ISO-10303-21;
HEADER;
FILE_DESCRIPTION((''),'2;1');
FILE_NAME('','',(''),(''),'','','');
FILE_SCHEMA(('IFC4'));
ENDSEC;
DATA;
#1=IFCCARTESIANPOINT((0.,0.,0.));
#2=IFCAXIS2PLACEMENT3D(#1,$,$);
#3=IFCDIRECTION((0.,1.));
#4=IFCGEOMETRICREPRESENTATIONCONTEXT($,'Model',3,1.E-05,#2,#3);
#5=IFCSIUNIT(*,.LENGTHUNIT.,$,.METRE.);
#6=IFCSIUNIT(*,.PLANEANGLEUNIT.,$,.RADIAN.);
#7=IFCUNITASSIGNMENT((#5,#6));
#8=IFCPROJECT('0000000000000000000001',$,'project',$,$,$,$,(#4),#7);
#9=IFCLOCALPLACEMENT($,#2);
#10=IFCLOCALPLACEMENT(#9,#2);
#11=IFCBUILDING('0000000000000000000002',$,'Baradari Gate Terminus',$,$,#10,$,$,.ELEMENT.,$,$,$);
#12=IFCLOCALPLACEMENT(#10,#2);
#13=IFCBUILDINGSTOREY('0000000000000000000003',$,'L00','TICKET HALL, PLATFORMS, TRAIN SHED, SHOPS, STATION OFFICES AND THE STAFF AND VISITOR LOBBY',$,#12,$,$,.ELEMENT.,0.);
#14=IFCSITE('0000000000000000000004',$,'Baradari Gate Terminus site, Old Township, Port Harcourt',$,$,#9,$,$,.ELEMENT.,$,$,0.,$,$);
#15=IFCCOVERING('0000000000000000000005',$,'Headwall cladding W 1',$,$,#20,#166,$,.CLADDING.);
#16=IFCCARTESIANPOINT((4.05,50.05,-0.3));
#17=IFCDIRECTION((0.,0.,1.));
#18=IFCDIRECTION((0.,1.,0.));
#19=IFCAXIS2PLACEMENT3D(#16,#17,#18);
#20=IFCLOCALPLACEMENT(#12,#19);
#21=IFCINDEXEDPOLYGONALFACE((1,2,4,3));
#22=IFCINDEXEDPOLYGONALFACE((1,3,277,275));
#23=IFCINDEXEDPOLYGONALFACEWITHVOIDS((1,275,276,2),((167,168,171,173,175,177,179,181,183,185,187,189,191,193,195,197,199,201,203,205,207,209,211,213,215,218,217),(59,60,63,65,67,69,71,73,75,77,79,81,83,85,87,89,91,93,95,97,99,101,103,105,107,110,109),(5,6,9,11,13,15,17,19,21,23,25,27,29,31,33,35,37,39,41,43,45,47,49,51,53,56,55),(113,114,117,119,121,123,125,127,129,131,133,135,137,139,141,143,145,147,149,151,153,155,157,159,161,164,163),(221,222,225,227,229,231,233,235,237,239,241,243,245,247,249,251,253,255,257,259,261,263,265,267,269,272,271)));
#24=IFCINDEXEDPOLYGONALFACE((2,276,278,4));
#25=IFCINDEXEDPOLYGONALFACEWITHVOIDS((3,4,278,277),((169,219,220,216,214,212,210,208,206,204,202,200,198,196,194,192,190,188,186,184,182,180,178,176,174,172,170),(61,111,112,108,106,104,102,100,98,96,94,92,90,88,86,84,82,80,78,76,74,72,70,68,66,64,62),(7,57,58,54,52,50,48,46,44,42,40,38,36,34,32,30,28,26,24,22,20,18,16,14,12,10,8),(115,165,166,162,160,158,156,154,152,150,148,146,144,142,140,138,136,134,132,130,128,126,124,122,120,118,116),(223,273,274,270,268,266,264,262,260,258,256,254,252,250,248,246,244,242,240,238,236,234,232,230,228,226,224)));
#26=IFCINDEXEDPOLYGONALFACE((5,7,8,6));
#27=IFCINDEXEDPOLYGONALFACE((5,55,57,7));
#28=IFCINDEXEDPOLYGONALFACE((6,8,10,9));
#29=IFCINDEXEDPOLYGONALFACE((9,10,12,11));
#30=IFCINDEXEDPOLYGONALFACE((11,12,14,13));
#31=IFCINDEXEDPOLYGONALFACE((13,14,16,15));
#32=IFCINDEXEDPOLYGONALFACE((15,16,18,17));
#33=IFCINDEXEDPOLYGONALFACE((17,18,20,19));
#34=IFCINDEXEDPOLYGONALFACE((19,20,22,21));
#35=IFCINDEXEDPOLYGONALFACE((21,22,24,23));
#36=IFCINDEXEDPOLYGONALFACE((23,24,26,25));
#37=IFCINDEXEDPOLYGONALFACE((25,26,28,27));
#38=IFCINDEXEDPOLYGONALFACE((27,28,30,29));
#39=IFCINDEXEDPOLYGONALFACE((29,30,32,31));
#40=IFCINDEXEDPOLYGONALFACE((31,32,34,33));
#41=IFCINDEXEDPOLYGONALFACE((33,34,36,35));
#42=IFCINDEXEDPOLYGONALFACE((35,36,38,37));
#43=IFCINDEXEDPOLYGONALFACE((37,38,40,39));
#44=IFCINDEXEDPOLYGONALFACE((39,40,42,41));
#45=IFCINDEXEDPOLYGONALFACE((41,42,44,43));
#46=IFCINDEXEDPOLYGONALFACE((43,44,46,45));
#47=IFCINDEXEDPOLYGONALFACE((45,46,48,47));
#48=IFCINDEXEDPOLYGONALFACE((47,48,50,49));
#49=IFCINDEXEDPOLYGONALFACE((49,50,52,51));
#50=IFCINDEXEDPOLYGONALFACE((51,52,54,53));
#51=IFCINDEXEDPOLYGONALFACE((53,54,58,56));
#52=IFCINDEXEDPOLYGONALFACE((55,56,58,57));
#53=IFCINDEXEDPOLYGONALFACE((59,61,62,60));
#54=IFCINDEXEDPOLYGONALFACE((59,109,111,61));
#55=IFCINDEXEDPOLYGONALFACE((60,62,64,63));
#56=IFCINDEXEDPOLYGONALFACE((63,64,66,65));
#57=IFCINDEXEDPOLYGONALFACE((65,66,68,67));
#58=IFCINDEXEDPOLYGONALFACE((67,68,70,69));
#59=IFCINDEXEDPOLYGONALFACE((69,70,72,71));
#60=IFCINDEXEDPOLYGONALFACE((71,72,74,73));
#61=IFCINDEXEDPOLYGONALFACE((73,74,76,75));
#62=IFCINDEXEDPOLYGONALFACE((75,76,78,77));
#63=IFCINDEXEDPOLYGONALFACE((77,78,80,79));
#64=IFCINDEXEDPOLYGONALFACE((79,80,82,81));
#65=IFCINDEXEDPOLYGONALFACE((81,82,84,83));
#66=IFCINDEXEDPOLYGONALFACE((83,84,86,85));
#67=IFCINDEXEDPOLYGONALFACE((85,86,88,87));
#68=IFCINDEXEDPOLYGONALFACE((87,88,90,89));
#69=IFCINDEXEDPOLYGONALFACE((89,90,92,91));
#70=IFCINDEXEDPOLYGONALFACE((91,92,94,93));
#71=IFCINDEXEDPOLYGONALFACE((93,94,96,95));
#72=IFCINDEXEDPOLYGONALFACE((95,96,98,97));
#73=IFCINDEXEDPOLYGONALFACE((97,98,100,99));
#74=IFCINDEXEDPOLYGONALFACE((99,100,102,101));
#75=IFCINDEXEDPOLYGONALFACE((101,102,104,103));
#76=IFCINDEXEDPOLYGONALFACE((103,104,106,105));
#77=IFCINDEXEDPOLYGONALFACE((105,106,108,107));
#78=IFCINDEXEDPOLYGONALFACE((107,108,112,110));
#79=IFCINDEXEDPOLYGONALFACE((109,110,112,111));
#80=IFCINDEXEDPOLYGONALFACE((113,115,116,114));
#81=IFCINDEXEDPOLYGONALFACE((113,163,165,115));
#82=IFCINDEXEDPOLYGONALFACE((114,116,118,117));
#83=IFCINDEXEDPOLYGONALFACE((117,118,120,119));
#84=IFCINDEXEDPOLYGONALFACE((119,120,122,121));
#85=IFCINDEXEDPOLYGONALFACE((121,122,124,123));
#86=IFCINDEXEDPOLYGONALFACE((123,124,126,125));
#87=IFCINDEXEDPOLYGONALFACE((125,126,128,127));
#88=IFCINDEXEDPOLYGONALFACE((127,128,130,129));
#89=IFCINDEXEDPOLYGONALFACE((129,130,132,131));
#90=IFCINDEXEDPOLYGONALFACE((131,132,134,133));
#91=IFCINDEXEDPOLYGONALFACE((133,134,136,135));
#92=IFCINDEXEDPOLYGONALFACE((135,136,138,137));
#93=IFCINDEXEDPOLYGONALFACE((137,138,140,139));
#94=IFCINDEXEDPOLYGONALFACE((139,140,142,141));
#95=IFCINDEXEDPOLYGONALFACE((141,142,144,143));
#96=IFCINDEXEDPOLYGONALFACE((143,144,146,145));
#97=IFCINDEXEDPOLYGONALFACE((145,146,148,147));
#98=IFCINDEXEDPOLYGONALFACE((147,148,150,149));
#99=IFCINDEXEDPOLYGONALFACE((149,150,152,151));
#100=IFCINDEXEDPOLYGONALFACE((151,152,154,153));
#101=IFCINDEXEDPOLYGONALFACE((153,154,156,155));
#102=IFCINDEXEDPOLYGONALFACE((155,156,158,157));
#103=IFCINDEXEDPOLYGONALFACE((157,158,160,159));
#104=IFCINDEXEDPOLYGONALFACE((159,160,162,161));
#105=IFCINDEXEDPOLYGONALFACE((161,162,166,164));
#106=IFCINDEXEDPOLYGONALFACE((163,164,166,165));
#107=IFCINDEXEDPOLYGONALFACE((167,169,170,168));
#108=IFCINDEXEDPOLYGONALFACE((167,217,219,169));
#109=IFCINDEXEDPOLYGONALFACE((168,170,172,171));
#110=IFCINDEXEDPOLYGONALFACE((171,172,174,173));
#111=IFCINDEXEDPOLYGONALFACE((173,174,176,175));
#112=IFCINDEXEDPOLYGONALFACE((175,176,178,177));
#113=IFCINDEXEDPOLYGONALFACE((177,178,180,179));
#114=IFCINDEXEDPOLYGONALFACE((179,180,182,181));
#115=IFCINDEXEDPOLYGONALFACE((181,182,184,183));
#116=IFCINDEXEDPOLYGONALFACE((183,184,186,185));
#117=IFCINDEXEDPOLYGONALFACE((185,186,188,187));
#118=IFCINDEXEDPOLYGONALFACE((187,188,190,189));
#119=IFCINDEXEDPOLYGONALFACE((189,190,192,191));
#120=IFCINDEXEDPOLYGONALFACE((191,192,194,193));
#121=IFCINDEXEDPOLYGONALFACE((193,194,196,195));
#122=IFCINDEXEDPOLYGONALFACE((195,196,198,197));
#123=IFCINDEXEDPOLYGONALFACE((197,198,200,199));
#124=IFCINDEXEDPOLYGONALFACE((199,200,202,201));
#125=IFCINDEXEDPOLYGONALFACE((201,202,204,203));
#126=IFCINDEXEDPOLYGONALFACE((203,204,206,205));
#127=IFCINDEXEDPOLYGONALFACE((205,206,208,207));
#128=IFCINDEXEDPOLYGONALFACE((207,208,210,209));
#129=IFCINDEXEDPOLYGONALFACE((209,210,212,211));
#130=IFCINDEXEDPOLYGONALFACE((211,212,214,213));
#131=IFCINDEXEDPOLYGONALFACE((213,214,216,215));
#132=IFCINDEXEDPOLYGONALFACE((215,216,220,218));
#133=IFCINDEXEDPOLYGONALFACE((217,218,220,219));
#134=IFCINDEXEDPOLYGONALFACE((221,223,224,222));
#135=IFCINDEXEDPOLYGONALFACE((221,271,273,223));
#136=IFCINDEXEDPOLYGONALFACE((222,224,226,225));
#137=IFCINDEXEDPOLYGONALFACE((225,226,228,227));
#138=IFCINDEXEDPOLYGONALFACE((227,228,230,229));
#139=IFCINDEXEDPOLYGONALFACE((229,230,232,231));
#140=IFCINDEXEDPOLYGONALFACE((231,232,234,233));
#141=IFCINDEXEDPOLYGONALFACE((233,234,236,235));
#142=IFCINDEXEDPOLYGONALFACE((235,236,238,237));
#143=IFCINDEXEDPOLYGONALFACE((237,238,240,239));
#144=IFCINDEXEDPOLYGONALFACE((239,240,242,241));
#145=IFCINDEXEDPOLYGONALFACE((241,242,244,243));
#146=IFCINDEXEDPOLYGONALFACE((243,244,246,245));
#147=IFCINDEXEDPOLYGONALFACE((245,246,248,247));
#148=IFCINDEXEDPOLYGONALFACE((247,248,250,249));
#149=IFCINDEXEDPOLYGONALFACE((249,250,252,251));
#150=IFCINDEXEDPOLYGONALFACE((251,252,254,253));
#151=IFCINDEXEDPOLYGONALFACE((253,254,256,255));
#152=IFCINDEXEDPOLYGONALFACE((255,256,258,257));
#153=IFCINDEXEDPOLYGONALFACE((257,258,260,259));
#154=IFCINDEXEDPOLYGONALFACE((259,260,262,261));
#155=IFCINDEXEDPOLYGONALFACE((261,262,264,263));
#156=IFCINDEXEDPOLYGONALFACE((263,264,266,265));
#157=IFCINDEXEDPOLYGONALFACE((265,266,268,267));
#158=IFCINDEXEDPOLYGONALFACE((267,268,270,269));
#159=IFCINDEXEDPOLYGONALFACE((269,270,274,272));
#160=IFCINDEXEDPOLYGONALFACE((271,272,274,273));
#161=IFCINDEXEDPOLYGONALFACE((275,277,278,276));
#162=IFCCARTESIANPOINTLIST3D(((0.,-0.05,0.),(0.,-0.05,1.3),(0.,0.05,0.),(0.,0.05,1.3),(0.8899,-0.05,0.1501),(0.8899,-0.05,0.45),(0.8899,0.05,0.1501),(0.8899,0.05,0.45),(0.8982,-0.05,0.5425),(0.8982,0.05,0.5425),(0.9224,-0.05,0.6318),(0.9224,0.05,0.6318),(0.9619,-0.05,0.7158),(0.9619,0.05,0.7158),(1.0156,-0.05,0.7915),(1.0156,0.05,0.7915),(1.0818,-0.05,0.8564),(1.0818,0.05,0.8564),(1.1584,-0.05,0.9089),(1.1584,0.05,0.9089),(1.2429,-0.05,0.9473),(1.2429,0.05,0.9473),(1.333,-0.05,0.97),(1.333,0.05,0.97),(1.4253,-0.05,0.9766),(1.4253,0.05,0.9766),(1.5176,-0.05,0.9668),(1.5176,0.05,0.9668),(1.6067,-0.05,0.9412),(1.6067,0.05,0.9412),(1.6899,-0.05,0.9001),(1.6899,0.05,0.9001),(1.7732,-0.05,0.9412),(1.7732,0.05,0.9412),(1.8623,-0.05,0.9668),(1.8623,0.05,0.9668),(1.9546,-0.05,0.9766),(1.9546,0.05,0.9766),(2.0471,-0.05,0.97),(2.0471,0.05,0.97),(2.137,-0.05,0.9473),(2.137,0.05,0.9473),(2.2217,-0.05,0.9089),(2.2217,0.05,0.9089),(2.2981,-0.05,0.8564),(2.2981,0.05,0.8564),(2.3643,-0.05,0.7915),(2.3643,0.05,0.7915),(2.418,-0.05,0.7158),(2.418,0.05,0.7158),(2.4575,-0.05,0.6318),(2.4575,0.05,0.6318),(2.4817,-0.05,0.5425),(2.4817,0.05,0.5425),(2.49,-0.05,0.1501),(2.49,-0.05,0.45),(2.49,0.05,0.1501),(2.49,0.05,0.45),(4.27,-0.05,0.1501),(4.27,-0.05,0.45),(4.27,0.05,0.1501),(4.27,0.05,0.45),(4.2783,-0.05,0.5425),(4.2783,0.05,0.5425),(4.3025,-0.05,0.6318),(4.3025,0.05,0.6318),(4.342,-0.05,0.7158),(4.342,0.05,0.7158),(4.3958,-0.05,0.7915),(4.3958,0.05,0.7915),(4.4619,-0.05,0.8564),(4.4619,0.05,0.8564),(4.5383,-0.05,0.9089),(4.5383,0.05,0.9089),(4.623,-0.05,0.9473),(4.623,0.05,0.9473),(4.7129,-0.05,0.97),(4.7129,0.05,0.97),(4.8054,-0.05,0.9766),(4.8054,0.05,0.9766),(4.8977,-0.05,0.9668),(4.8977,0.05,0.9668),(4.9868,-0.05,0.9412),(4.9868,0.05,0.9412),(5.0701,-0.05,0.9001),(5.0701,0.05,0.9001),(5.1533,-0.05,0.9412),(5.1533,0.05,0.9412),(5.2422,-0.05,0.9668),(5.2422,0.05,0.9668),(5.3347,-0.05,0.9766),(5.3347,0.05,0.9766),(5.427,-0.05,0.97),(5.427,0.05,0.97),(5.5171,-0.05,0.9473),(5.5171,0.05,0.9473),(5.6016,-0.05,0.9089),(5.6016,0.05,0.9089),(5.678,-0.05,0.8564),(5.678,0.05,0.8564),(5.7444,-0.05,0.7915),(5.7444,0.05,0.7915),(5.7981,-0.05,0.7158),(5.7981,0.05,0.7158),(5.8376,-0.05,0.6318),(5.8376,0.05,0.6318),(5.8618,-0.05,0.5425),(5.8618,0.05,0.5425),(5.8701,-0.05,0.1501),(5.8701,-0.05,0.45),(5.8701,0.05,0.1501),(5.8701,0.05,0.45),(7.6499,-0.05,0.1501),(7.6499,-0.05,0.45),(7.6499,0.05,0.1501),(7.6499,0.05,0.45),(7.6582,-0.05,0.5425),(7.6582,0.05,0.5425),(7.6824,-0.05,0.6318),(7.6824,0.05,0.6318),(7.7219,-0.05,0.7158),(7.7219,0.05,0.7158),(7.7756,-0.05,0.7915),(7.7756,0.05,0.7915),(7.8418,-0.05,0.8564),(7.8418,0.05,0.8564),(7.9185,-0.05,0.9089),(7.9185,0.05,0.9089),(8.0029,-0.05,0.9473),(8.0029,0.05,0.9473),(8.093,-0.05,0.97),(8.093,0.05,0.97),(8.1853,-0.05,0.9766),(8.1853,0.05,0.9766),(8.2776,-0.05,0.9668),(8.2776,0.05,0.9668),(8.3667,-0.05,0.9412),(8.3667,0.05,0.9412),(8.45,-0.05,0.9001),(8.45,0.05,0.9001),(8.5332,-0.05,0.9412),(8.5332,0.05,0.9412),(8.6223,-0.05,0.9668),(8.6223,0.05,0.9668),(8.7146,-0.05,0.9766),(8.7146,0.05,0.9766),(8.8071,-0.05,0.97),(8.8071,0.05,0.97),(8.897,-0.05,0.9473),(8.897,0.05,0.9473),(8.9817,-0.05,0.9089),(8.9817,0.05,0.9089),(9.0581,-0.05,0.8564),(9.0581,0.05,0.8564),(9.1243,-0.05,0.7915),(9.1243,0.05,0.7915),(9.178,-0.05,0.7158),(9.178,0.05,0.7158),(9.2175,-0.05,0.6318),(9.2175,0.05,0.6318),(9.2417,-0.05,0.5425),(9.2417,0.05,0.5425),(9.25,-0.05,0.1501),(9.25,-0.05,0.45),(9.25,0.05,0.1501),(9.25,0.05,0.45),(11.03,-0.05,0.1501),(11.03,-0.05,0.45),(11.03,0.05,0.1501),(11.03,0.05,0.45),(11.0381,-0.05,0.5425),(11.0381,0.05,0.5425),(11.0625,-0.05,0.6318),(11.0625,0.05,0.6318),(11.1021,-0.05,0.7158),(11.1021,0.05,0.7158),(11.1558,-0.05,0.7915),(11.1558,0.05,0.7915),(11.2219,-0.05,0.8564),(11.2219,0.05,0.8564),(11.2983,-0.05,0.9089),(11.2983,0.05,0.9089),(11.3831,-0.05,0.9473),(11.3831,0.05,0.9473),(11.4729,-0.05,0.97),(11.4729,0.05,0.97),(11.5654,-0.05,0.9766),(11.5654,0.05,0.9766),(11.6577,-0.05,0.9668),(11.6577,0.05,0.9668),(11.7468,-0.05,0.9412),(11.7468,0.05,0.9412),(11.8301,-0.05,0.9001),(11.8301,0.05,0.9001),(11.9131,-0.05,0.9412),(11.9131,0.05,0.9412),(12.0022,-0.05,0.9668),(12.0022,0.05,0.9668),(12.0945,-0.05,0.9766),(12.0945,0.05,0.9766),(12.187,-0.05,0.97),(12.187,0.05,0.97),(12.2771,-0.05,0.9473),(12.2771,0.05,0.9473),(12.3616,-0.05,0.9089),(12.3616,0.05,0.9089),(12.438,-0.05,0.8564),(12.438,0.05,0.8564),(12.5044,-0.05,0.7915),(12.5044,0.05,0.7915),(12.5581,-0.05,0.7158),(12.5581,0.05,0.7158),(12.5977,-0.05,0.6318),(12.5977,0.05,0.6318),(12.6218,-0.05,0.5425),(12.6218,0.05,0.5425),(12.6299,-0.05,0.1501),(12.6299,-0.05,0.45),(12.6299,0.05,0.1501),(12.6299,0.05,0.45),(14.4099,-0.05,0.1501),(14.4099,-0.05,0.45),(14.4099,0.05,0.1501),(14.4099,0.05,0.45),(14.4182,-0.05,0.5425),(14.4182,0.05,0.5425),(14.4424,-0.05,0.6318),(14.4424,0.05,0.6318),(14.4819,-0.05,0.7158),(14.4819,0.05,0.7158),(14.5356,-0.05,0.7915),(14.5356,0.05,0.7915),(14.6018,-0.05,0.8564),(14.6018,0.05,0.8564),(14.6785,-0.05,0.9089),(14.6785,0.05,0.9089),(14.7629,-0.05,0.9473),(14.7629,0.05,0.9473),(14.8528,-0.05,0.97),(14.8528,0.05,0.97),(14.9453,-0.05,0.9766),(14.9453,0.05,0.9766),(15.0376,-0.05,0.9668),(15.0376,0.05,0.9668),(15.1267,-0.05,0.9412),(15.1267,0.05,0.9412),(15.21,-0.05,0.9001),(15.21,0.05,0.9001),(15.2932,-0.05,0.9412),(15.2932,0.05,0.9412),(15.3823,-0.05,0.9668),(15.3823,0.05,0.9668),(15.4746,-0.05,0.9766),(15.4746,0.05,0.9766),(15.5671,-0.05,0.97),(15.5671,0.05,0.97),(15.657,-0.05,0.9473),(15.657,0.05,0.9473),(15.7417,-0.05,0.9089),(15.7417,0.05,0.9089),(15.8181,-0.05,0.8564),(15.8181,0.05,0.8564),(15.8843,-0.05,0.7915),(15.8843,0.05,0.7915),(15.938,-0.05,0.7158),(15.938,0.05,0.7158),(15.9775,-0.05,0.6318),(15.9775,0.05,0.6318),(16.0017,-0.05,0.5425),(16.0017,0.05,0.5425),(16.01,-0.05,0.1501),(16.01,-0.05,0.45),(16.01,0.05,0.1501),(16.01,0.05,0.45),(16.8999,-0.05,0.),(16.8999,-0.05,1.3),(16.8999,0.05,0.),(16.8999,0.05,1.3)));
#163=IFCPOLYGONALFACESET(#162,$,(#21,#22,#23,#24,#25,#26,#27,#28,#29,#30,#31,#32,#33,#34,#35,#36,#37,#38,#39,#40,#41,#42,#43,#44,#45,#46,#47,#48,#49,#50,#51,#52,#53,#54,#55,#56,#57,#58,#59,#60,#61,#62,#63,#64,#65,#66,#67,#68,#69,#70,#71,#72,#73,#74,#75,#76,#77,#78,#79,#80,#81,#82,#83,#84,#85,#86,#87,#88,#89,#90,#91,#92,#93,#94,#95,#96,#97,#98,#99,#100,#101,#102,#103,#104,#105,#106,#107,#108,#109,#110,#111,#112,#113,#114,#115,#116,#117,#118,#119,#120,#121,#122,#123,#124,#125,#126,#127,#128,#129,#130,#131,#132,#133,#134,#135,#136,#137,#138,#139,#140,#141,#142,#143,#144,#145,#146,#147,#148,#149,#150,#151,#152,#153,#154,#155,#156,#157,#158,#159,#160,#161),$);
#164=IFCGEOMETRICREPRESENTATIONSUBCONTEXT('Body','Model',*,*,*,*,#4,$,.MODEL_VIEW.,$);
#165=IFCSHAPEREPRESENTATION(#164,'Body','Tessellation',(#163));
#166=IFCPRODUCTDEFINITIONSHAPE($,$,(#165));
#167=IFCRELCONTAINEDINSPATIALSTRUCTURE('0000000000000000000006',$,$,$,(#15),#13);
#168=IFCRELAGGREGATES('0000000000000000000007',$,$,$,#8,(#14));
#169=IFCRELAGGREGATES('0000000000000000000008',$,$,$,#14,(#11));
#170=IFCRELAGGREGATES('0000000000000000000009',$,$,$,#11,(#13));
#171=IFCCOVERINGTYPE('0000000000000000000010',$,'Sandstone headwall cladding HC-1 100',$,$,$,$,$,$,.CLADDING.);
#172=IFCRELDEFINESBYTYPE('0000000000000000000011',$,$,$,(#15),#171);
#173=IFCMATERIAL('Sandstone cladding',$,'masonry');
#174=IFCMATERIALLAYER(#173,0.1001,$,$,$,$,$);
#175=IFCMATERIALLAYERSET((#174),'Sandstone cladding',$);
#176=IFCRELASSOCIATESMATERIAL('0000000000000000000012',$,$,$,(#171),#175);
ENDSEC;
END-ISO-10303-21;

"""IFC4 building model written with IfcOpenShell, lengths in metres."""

from ifc_helpers import new_model, si_unit, direction, frame, origin, place, context, subcontext, project, spatial, polyline, outline, extrude, material, layer, layer_set, type_object, element, save


model = new_model("IFC4")

# Units and contexts
model_context = context("Model", 3, precision=1e-05, world=origin(), true_north=direction((0.0, 1.0)))
body_context = subcontext(model_context, "Body", "Model", "MODEL_VIEW")
ifc_project = project(units=[si_unit("LENGTHUNIT", "METRE"), si_unit("PLANEANGLEUNIT", "RADIAN")], contexts=[model_context])

# Site, building, storey
site_placement = place(None, origin())
site = spatial("IfcSite", under=ifc_project, at=site_placement, Name="Baradari Gate Terminus site, Old Township, Port Harcourt", CompositionType="ELEMENT", RefElevation=0.0)
building_placement = place(site_placement, origin())
building = spatial("IfcBuilding", under=site, at=building_placement, Name="Baradari Gate Terminus", CompositionType="ELEMENT")
storey_placement = place(building_placement, origin())
storey = spatial("IfcBuildingStorey", under=building, at=storey_placement, Name="L00", Description="TICKET HALL, PLATFORMS, TRAIN SHED, SHOPS, STATION OFFICES AND THE STAFF AND VISITOR LOBBY", CompositionType="ELEMENT", Elevation=0.0)

# Covering
ifc_material_1 = material(Name="Sandstone cladding", Category="masonry")
ifc_layer_1 = layer(ifc_material_1, 0.1001)
ifc_layer_set_1 = layer_set([ifc_layer_1], Name="Sandstone cladding")
covering_type_1 = type_object("IfcCoveringType", Name="Sandstone headwall cladding HC-1 100", PredefinedType="CLADDING", material=ifc_layer_set_1)
covering_1_placement = place(storey_placement, frame((4.05, 50.05, -0.3), z_axis=(0.0, 0.0, 1.0), x_axis=(0.0, 1.0, 0.0)))
element("IfcCovering", 1, at=covering_1_placement, inside=storey, type_object=covering_type_1, Name="Headwall cladding W 1", PredefinedType="CLADDING", context=body_context, shape_type="SweptSolid", body=[
    extrude(outline(polyline([(0.0, 0.0), (16.8999, 0.0), (16.8999, 1.3), (0.0, 1.3), (0.0, 0.0)]), holes=[polyline([(0.8982, 0.5425), (0.9224, 0.6318), (0.9619, 0.7158), (1.0156, 0.7915), (1.0818, 0.8564), (1.1584, 0.9089), (1.2429, 0.9473), (1.333, 0.97), (1.4253, 0.9766), (1.5176, 0.9668), (1.6067, 0.9412), (1.6899, 0.9001), (1.7732, 0.9412), (1.8623, 0.9668), (1.9546, 0.9766), (2.0471, 0.97), (2.137, 0.9473), (2.2217, 0.9089), (2.2981, 0.8564), (2.3643, 0.7915), (2.418, 0.7158), (2.4575, 0.6318), (2.4817, 0.5425), (2.49, 0.45), (2.49, 0.1501), (0.8899, 0.1501), (0.8899, 0.45), (0.8982, 0.5425)]), polyline([(4.2783, 0.5425), (4.3025, 0.6318), (4.342, 0.7158), (4.3958, 0.7915), (4.4619, 0.8564), (4.5383, 0.9089), (4.623, 0.9473), (4.7129, 0.97), (4.8054, 0.9766), (4.8977, 0.9668), (4.9868, 0.9412), (5.0701, 0.9001), (5.1533, 0.9412), (5.2422, 0.9668), (5.3347, 0.9766), (5.427, 0.97), (5.5171, 0.9473), (5.6016, 0.9089), (5.678, 0.8564), (5.7444, 0.7915), (5.7981, 0.7158), (5.8376, 0.6318), (5.8618, 0.5425), (5.8701, 0.45), (5.8701, 0.1501), (4.27, 0.1501), (4.27, 0.45), (4.2783, 0.5425)]), polyline([(7.6582, 0.5425), (7.6824, 0.6318), (7.7219, 0.7158), (7.7756, 0.7915), (7.8418, 0.8564), (7.9185, 0.9089), (8.0029, 0.9473), (8.093, 0.97), (8.1853, 0.9766), (8.2776, 0.9668), (8.3667, 0.9412), (8.45, 0.9001), (8.5332, 0.9412), (8.6223, 0.9668), (8.7146, 0.9766), (8.8071, 0.97), (8.897, 0.9473), (8.9817, 0.9089), (9.0581, 0.8564), (9.1243, 0.7915), (9.178, 0.7158), (9.2175, 0.6318), (9.2417, 0.5425), (9.25, 0.45), (9.25, 0.1501), (7.6499, 0.1501), (7.6499, 0.45), (7.6582, 0.5425)]), polyline([(11.0625, 0.6318), (11.1021, 0.7158), (11.1558, 0.7915), (11.2219, 0.8564), (11.2983, 0.9089), (11.3831, 0.9473), (11.4729, 0.97), (11.5654, 0.9766), (11.6577, 0.9668), (11.7468, 0.9412), (11.8301, 0.9001), (11.9131, 0.9412), (12.0022, 0.9668), (12.0945, 0.9766), (12.187, 0.97), (12.2771, 0.9473), (12.3616, 0.9089), (12.438, 0.8564), (12.5044, 0.7915), (12.5581, 0.7158), (12.5977, 0.6318), (12.6218, 0.5425), (12.6299, 0.45), (12.6299, 0.1501), (11.03, 0.1501), (11.03, 0.45), (11.0381, 0.5425), (11.0625, 0.6318)]), polyline([(14.4424, 0.6318), (14.4819, 0.7158), (14.5356, 0.7915), (14.6018, 0.8564), (14.6785, 0.9089), (14.7629, 0.9473), (14.8528, 0.97), (14.9453, 0.9766), (15.0376, 0.9668), (15.1267, 0.9412), (15.21, 0.9001), (15.2932, 0.9412), (15.3823, 0.9668), (15.4746, 0.9766), (15.5671, 0.97), (15.657, 0.9473), (15.7417, 0.9089), (15.8181, 0.8564), (15.8843, 0.7915), (15.938, 0.7158), (15.9775, 0.6318), (16.0017, 0.5425), (16.01, 0.45), (16.01, 0.1501), (14.4099, 0.1501), (14.4099, 0.45), (14.4182, 0.5425), (14.4424, 0.6318)])]), frame((0.0, 0.05, 0.0), z_axis=(0.0, -1.0, 0.0), x_axis=(1.0, 0.0, 0.0)), (0.0, 0.0, 1.0), 0.1001),
])

save(model, "model.ifc")
